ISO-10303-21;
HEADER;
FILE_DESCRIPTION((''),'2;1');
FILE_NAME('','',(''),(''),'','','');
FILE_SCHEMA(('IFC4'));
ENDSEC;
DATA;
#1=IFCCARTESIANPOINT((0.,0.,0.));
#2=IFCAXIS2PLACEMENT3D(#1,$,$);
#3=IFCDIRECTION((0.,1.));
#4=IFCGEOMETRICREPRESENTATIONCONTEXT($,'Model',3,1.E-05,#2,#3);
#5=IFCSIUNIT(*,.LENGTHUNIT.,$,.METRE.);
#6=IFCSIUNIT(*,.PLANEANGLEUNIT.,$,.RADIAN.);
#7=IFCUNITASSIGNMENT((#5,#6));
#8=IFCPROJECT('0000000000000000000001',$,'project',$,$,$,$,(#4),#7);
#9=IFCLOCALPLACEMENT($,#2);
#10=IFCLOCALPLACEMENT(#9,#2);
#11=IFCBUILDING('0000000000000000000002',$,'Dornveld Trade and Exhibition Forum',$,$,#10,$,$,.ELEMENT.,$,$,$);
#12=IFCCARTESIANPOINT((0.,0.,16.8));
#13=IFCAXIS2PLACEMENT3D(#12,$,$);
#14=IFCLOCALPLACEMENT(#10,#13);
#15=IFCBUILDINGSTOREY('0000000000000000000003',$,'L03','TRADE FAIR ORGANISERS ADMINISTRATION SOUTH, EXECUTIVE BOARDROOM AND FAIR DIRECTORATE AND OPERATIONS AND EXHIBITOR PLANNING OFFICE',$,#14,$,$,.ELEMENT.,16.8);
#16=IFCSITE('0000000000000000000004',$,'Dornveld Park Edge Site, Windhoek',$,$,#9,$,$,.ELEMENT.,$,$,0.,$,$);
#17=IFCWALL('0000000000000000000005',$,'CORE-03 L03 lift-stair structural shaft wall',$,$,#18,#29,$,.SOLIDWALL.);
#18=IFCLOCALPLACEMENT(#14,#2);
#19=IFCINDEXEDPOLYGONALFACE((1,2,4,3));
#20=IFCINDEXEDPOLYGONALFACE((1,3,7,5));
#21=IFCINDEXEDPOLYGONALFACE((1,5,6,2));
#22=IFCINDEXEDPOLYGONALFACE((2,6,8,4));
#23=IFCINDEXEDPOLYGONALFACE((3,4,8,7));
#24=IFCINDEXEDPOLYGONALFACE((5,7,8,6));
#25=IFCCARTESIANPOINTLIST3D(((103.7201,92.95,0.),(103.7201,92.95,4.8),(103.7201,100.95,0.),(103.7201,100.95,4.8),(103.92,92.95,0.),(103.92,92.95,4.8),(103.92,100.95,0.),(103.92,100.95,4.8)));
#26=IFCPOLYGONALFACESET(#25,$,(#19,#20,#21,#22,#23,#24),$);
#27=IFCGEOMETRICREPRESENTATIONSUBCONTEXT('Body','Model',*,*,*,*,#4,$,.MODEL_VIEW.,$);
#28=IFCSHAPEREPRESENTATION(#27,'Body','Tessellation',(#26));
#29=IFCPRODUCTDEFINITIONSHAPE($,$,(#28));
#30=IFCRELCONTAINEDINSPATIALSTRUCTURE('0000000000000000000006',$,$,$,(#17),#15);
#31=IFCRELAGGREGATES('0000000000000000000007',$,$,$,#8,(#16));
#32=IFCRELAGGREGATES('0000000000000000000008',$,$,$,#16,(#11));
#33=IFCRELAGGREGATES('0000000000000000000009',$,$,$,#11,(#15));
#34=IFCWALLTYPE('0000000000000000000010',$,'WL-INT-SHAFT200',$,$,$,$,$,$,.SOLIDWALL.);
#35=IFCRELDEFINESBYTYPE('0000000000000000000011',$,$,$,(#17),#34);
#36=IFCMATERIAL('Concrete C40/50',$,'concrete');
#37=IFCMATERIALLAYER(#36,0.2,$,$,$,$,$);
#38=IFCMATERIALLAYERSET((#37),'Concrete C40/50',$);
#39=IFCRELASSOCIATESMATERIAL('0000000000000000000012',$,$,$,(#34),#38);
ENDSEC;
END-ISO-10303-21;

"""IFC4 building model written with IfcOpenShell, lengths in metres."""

from ifc_helpers import new_model, si_unit, direction, frame, frame_2d, origin, place, context, subcontext, project, spatial, rectangle, extrude, material, layer, layer_set, type_object, element, save


model = new_model("IFC4")

# Units and contexts
model_context = context("Model", 3, precision=1e-05, world=origin(), true_north=direction((0.0, 1.0)))
body_context = subcontext(model_context, "Body", "Model", "MODEL_VIEW")
ifc_project = project(units=[si_unit("LENGTHUNIT", "METRE"), si_unit("PLANEANGLEUNIT", "RADIAN")], contexts=[model_context])

# Site, building, storey
site_placement = place(None, origin())
site = spatial("IfcSite", under=ifc_project, at=site_placement, Name="Dornveld Park Edge Site, Windhoek", CompositionType="ELEMENT", RefElevation=0.0)
building_placement = place(site_placement, origin())
building = spatial("IfcBuilding", under=site, at=building_placement, Name="Dornveld Trade and Exhibition Forum", CompositionType="ELEMENT")
storey_placement = place(building_placement, frame((0.0, 0.0, 16.8)))
storey = spatial("IfcBuildingStorey", under=building, at=storey_placement, Name="L03", Description="TRADE FAIR ORGANISERS ADMINISTRATION SOUTH, EXECUTIVE BOARDROOM AND FAIR DIRECTORATE AND OPERATIONS AND EXHIBITOR PLANNING OFFICE", CompositionType="ELEMENT", Elevation=16.8)

# Wall
ifc_material_1 = material(Name="Concrete C40/50", Category="concrete")
ifc_layer_1 = layer(ifc_material_1, 0.2)
ifc_layer_set_1 = layer_set([ifc_layer_1], Name="Concrete C40/50")
wall_type_1 = type_object("IfcWallType", Name="WL-INT-SHAFT200", PredefinedType="SOLIDWALL", material=ifc_layer_set_1)
wall_1_placement = place(storey_placement, frame((103.8201, 92.95, 0.0), z_axis=(0.0, 0.0, 1.0), x_axis=(0.0, 1.0, 0.0)))
element("IfcWall", 1, at=wall_1_placement, inside=storey, type_object=wall_type_1, Name="CORE-03 L03 lift-stair structural shaft wall", PredefinedType="SOLIDWALL", context=body_context, shape_type="SweptSolid", body=[
    extrude(rectangle(XDim=8.0, YDim=0.2, at=frame_2d((4.0, 0.0))), origin(), (0.0, 0.0, 1.0), 4.8),
])

save(model, "model.ifc")
